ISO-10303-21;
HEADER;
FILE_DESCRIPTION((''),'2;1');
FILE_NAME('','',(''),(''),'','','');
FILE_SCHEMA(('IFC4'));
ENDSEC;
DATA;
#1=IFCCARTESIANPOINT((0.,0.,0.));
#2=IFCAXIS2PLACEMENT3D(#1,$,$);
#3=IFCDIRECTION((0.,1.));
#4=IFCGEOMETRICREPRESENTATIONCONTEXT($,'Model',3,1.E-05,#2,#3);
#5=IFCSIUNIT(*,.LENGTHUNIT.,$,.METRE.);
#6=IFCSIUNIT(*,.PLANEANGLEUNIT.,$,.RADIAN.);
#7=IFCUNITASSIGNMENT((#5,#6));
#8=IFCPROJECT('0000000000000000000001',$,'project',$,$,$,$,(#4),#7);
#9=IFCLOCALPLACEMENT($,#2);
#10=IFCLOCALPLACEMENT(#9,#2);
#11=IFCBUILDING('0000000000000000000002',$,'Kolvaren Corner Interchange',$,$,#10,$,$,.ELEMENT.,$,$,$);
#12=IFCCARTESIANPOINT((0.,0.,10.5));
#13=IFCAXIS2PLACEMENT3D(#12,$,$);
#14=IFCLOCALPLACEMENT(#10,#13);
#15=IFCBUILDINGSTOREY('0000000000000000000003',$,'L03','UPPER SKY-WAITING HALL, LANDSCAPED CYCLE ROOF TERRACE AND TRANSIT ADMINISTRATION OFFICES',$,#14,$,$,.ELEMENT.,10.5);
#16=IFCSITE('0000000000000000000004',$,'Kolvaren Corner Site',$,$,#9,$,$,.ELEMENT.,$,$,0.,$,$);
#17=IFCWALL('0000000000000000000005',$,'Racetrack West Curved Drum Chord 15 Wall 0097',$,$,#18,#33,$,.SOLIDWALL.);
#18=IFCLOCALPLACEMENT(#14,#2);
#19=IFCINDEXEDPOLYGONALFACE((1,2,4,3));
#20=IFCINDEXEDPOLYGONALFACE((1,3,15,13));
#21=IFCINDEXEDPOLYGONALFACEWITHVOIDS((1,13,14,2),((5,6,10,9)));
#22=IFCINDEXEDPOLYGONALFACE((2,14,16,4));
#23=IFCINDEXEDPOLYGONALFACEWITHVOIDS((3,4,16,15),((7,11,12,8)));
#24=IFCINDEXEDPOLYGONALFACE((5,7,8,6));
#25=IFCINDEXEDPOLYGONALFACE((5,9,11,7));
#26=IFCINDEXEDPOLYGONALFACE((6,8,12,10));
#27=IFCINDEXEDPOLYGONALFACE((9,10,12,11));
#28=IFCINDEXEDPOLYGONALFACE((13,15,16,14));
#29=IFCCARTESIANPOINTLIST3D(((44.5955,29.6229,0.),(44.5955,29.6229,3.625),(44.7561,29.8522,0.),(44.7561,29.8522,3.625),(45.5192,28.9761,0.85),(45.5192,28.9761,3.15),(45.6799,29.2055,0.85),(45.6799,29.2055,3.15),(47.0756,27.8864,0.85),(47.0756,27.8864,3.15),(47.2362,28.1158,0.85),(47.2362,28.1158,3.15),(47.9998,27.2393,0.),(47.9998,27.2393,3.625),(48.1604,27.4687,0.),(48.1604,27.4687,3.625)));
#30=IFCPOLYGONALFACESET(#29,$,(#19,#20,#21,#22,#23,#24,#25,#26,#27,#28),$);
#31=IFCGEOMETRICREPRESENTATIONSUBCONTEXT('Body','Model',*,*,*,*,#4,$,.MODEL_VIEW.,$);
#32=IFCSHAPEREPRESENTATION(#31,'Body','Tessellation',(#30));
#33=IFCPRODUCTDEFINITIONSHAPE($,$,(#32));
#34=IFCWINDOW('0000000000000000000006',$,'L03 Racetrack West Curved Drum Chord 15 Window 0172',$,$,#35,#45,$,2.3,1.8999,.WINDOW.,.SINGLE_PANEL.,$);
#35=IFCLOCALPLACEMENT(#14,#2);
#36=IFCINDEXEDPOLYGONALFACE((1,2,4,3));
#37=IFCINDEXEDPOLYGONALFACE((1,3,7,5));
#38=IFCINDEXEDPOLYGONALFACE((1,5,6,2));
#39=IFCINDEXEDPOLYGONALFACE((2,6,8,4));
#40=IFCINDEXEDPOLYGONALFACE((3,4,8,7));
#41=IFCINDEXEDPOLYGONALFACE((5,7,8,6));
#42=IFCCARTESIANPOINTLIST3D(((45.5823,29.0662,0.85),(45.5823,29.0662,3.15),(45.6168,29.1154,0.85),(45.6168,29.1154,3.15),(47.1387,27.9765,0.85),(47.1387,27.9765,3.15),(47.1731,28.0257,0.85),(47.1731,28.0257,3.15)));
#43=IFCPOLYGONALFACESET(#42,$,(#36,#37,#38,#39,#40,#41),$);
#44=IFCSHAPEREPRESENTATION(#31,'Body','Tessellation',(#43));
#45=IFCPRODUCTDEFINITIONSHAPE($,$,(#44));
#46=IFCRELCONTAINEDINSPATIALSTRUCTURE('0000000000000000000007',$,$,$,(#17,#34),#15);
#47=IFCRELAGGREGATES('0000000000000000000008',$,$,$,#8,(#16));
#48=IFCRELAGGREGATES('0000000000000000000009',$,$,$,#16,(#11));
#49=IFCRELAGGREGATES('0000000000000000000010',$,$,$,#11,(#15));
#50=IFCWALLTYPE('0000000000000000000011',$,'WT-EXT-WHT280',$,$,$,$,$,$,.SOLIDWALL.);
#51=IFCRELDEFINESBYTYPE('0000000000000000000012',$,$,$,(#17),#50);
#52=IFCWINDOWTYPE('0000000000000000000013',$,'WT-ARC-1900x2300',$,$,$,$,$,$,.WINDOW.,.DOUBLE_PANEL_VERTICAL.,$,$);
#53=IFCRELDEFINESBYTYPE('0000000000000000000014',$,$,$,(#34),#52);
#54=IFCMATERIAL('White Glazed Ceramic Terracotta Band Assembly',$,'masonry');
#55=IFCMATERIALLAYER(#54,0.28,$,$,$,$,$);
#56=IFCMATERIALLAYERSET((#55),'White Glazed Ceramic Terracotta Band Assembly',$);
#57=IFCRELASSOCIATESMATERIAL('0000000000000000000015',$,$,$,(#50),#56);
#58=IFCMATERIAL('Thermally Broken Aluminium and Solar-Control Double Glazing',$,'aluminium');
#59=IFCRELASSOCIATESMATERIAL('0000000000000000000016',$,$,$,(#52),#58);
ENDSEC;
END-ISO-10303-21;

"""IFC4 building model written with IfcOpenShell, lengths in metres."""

from ifc_helpers import new_model, si_unit, direction, frame, frame_2d, origin, place, context, subcontext, project, spatial, rectangle, extrude, material, layer, layer_set, type_object, element, fill, save


model = new_model("IFC4")

# Units and contexts
model_context = context("Model", 3, precision=1e-05, world=origin(), true_north=direction((0.0, 1.0)))
body_context = subcontext(model_context, "Body", "Model", "MODEL_VIEW")
ifc_project = project(units=[si_unit("LENGTHUNIT", "METRE"), si_unit("PLANEANGLEUNIT", "RADIAN")], contexts=[model_context])

# Site, building, storey
site_placement = place(None, origin())
site = spatial("IfcSite", under=ifc_project, at=site_placement, Name="Kolvaren Corner Site", CompositionType="ELEMENT", RefElevation=0.0)
building_placement = place(site_placement, origin())
building = spatial("IfcBuilding", under=site, at=building_placement, Name="Kolvaren Corner Interchange", CompositionType="ELEMENT")
storey_placement = place(building_placement, frame((0.0, 0.0, 10.5)))
storey = spatial("IfcBuildingStorey", under=building, at=storey_placement, Name="L03", Description="UPPER SKY-WAITING HALL, LANDSCAPED CYCLE ROOF TERRACE AND TRANSIT ADMINISTRATION OFFICES", CompositionType="ELEMENT", Elevation=10.5)

# Wall, opening, window
ifc_material_1 = material(Name="White Glazed Ceramic Terracotta Band Assembly", Category="masonry")
ifc_layer = layer(ifc_material_1, 0.28)
ifc_layer_set = layer_set([ifc_layer], Name="White Glazed Ceramic Terracotta Band Assembly")
wall_type = type_object("IfcWallType", Name="WT-EXT-WHT280", PredefinedType="SOLIDWALL", material=ifc_layer_set)
wall_placement = place(storey_placement, frame((44.6758, 29.7375, 0.0), z_axis=(0.0, 0.0, 1.0), x_axis=(0.819171, -0.573549, 0.0)))
wall = element("IfcWall", 1, at=wall_placement, inside=storey, type_object=wall_type, Name="Racetrack West Curved Drum Chord 15 Wall 0097", PredefinedType="SOLIDWALL", context=body_context, shape_type="SweptSolid", body=[
    extrude(rectangle(XDim=4.1558, YDim=0.28, at=frame_2d((2.0779, 0.0))), origin(), (0.0, 0.0, 1.0), 3.625),
])
opening_placement = place(wall_placement, frame((1.1277, 0.0, 0.8501)))
opening = element("IfcOpeningElement", 2, at=opening_placement, cuts=wall, PredefinedType="OPENING", context=body_context, shape_type="SweptSolid", body=[
    extrude(rectangle(XDim=1.8999, YDim=2.3, at=frame_2d((0.95, 1.1499))), frame((0.0, 0.1499, 0.0), z_axis=(0.0, -1.0, 0.0), x_axis=(1.0, 0.0, 0.0)), (0.0, 0.0, 1.0), 0.3),
])
ifc_material_2 = material(Name="Thermally Broken Aluminium and Solar-Control Double Glazing", Category="aluminium")
window_type = type_object("IfcWindowType", Name="WT-ARC-1900x2300", PartitioningType="DOUBLE_PANEL_VERTICAL", PredefinedType="WINDOW", material=ifc_material_2)
window_placement = place(opening_placement, origin())
window = element("IfcWindow", 3, at=window_placement, inside=storey, type_object=window_type, Name="L03 Racetrack West Curved Drum Chord 15 Window 0172", OverallHeight=2.3, OverallWidth=1.8999, PartitioningType="SINGLE_PANEL", PredefinedType="WINDOW", context=body_context, shape_type="SweptSolid", body=[
    extrude(rectangle(XDim=1.8999, YDim=2.3, at=frame_2d((0.95, 1.1499))), frame((0.0, 0.03, 0.0), z_axis=(0.0, -1.0, 0.0), x_axis=(1.0, 0.0, 0.0)), (0.0, 0.0, 1.0), 0.0601),
])
fill(opening, window)

save(model, "model.ifc")
